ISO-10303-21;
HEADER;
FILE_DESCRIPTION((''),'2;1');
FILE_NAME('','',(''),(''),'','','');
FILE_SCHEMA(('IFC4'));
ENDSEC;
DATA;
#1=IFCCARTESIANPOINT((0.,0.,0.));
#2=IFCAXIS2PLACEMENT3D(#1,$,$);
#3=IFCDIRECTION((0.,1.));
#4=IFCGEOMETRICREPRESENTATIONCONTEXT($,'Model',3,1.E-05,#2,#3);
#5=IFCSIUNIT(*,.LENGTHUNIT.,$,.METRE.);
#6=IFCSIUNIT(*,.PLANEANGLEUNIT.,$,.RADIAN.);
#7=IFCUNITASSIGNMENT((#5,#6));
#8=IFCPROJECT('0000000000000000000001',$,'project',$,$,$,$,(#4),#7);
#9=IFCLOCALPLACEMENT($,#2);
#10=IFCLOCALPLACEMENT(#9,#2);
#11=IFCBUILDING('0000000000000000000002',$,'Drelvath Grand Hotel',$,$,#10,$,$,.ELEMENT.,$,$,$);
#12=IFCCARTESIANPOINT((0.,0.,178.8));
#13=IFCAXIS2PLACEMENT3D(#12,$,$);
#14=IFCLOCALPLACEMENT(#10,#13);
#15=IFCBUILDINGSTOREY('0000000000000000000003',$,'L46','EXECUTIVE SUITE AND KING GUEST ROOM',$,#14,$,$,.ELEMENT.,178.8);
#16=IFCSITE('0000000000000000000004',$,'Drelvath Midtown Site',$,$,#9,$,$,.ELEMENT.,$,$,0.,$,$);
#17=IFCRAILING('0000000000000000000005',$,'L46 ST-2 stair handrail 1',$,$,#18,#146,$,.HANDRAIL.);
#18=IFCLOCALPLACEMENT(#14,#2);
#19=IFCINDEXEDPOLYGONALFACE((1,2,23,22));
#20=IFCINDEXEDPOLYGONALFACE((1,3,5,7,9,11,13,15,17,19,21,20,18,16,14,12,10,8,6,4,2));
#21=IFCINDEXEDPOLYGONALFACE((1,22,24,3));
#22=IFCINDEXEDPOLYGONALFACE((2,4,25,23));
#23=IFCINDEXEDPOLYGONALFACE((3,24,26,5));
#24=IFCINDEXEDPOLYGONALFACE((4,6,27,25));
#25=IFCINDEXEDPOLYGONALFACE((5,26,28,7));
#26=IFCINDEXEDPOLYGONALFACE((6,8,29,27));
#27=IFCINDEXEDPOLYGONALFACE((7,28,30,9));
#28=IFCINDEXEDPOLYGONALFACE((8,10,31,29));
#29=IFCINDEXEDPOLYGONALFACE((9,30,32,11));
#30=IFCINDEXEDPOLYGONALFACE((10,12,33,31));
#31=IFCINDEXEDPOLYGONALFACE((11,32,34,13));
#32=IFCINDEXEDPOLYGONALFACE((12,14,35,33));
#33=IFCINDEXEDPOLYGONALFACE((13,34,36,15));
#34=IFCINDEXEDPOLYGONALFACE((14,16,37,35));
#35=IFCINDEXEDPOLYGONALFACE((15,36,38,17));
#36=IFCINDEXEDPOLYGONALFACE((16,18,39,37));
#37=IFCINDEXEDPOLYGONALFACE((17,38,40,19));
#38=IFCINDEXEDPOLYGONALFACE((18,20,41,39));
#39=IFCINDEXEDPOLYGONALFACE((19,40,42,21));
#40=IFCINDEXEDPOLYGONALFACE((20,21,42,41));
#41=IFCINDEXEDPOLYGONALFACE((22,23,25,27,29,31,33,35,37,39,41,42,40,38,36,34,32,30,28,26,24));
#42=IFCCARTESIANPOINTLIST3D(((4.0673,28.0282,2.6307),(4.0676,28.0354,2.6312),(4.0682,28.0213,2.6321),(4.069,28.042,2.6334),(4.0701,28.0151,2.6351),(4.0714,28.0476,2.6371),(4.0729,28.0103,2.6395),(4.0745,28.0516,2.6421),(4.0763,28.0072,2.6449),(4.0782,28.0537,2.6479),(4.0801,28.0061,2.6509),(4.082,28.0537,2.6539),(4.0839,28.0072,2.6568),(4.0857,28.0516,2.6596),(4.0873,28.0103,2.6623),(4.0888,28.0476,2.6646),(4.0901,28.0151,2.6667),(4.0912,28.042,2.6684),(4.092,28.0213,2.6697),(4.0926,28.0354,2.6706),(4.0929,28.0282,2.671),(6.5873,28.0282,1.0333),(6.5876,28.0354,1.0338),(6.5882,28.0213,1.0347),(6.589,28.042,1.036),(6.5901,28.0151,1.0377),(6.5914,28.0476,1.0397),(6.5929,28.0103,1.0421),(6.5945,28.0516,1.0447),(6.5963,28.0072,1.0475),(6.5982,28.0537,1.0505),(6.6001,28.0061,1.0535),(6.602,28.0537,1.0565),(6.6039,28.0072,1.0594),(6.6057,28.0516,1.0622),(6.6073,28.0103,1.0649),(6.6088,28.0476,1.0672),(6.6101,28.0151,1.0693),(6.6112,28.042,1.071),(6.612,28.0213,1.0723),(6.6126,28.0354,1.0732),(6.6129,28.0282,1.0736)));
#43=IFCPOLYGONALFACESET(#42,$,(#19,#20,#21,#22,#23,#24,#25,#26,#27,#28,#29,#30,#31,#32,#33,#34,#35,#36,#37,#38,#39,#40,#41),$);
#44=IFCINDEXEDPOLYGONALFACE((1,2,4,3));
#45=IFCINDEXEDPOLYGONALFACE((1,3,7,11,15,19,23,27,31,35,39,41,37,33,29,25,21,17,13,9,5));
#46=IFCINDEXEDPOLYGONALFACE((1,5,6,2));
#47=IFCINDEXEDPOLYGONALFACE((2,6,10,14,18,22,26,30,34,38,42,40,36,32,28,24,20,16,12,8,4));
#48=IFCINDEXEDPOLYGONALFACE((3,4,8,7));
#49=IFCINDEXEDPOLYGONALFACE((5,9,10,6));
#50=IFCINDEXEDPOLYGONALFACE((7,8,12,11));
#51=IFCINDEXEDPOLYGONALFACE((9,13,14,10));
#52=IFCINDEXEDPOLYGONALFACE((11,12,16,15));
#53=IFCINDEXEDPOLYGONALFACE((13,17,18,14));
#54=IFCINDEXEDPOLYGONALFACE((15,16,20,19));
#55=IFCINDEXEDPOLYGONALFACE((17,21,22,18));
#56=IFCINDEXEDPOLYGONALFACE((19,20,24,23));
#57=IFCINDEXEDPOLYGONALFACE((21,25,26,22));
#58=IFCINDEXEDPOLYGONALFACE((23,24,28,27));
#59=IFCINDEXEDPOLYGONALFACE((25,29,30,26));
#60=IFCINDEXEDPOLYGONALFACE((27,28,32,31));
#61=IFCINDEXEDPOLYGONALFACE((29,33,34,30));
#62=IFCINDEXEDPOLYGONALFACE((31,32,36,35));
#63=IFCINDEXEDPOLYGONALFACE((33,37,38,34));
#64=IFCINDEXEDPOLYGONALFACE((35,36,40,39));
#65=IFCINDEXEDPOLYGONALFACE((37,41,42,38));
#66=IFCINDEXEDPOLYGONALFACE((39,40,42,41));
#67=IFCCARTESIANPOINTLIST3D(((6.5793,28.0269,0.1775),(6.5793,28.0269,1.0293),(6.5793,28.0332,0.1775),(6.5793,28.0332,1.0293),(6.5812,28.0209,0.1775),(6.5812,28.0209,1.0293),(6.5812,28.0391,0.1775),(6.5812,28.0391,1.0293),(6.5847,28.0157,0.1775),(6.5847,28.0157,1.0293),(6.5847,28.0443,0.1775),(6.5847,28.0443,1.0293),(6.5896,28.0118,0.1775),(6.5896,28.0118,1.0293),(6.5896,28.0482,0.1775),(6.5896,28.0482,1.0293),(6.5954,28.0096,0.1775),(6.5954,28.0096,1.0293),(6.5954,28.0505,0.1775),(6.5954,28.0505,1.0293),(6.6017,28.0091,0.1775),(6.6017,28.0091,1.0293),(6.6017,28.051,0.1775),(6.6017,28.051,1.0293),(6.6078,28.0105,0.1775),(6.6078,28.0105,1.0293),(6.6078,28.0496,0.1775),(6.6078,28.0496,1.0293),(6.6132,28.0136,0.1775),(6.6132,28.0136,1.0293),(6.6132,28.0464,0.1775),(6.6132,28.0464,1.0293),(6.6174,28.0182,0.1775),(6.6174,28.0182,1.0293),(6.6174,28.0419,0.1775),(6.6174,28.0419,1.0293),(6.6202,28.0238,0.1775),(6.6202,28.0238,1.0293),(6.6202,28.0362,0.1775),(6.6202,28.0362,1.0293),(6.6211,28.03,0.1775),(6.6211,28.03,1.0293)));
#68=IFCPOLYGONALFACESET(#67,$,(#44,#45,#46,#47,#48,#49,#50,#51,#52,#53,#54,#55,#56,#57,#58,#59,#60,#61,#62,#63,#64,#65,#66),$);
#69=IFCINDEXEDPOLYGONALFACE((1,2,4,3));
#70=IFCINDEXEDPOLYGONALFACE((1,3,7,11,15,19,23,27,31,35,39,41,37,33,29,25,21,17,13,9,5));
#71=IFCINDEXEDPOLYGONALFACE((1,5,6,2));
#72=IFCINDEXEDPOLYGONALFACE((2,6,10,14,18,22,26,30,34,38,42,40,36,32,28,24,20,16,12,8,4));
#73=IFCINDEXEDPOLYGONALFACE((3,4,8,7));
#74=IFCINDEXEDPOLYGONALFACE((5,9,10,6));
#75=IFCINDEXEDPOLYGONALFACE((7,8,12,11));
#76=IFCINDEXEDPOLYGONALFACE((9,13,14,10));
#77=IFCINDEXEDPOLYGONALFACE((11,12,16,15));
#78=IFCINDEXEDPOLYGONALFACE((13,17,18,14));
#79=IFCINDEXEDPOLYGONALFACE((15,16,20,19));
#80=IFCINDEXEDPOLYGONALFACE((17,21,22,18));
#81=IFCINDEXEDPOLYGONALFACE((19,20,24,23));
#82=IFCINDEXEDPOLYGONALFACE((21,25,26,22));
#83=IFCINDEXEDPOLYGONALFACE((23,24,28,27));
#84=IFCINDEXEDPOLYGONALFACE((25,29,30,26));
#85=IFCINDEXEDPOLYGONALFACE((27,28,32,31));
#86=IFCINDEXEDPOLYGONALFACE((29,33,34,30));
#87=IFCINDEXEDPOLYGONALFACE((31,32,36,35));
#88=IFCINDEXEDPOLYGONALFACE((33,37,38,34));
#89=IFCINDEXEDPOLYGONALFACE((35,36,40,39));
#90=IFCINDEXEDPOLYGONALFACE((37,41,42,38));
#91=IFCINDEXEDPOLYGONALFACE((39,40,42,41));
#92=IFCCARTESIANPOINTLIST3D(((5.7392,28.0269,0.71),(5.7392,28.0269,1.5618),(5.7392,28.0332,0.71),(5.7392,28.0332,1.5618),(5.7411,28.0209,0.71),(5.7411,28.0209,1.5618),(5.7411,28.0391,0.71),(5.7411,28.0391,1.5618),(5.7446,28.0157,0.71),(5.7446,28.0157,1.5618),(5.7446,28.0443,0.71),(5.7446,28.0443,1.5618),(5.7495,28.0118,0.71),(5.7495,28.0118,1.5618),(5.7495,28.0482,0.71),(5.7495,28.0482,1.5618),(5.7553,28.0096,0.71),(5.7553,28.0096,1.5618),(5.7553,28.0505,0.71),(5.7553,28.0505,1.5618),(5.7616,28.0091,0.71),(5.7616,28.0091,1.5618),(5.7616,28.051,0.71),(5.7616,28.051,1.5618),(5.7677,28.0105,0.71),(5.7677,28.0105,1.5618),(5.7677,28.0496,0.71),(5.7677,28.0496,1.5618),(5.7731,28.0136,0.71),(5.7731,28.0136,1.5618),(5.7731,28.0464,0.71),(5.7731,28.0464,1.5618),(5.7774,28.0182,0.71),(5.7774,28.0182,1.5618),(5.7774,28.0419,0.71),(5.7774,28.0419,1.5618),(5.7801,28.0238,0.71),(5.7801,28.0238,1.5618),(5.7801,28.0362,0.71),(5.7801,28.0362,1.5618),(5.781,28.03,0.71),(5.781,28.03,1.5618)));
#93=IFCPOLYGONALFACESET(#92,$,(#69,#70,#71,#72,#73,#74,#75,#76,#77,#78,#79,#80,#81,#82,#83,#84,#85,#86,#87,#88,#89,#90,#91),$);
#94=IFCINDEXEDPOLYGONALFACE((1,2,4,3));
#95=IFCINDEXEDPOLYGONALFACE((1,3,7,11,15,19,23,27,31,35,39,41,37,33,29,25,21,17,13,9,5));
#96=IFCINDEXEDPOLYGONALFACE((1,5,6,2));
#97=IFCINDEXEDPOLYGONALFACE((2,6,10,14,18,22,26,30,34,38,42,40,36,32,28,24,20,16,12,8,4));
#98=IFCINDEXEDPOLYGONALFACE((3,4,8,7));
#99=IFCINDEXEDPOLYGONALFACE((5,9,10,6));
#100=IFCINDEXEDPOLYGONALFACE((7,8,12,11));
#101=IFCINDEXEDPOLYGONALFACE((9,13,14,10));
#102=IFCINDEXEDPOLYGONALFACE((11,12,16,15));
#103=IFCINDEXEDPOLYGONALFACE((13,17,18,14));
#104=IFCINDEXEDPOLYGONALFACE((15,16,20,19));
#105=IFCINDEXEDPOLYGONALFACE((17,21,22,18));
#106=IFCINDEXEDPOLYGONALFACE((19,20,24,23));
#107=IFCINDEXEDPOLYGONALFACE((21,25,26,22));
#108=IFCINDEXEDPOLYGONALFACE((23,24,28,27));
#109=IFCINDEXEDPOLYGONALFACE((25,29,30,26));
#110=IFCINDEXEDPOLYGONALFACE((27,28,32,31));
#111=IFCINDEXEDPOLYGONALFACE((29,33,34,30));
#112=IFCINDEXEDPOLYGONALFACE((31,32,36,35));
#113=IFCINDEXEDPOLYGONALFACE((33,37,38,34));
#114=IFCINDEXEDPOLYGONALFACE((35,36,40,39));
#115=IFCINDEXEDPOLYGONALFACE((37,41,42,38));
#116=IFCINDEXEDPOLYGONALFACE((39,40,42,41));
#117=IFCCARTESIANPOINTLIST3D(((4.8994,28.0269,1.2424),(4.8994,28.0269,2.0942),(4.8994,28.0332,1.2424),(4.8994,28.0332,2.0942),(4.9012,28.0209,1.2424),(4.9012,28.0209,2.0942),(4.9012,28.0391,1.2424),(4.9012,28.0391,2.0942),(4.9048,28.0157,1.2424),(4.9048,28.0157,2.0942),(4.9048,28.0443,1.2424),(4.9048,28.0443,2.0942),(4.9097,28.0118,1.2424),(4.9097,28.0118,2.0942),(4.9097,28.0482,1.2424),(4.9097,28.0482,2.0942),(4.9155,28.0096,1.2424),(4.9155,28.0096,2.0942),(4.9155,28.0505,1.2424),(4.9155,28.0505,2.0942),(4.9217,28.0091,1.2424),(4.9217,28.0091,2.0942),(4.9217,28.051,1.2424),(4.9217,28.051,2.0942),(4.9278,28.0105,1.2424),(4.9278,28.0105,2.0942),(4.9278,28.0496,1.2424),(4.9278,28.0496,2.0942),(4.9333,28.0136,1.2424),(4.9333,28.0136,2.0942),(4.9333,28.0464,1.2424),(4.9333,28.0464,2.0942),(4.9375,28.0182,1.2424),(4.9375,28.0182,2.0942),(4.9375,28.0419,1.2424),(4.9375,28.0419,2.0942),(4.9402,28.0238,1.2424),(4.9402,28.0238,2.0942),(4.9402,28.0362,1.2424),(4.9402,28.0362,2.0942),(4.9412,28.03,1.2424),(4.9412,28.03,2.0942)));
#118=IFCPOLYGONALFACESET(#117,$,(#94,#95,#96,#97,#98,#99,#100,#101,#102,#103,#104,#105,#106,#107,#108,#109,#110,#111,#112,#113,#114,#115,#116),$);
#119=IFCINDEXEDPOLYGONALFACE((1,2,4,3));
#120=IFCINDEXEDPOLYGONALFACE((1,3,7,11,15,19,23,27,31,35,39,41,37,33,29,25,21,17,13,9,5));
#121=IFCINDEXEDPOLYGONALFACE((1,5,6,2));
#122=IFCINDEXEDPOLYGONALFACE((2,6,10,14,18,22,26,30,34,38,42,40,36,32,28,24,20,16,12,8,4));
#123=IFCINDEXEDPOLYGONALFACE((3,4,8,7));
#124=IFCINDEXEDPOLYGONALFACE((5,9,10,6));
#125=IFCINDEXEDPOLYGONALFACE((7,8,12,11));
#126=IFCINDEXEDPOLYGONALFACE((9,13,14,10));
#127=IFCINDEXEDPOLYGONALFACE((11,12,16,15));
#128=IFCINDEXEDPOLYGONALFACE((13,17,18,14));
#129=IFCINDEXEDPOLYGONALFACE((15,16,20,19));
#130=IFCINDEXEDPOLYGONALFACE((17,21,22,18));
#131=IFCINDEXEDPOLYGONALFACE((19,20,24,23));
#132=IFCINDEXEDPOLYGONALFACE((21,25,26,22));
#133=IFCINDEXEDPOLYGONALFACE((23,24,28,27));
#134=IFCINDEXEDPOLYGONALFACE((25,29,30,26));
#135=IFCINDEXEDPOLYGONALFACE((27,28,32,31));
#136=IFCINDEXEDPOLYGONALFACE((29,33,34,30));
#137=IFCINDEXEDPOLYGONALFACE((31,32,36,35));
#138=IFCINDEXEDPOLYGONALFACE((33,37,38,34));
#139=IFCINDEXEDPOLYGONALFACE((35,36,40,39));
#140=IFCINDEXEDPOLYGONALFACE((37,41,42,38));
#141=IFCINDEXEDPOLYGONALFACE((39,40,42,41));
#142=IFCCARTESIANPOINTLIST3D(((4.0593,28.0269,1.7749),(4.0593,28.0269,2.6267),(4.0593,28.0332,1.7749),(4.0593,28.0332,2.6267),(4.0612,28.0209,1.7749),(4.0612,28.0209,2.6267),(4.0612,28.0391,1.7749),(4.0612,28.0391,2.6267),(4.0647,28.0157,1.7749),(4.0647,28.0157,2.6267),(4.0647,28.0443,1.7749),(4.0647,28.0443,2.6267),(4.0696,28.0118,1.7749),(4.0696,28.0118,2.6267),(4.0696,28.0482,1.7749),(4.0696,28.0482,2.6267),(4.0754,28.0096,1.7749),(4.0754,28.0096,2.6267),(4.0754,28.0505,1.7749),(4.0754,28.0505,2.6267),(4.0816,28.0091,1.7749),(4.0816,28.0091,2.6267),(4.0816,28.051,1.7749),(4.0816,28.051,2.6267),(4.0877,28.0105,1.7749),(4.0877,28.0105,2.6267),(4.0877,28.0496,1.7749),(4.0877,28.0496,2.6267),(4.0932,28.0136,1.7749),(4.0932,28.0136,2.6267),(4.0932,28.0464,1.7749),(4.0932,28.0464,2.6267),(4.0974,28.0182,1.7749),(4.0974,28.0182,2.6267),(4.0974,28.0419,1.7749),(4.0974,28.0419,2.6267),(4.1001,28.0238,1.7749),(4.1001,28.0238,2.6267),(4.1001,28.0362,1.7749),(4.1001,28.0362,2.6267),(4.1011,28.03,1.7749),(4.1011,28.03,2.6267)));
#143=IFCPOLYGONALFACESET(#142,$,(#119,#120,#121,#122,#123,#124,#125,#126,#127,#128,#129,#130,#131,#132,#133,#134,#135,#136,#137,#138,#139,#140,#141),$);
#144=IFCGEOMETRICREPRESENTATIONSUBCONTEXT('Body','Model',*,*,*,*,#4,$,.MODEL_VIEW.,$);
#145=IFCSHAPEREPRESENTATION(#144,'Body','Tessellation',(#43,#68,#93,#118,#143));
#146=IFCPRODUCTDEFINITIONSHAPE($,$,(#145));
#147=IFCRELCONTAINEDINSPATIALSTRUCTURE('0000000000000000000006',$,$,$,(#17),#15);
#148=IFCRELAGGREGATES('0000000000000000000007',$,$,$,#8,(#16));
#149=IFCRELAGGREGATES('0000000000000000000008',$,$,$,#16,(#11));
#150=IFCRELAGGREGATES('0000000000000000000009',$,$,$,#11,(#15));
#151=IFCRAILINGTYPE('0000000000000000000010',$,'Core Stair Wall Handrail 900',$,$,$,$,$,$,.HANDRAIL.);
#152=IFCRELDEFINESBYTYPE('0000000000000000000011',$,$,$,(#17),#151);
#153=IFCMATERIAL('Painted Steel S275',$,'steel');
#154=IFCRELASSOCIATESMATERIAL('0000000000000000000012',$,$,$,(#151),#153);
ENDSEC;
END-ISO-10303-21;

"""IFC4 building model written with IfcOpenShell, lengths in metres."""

from ifc_helpers import new_model, si_unit, direction, frame, origin, origin_2d, place, context, subcontext, project, spatial, circle, extrude, material, type_object, element, save


model = new_model("IFC4")

# Units and contexts
model_context = context("Model", 3, precision=1e-05, world=origin(), true_north=direction((0.0, 1.0)))
body_context = subcontext(model_context, "Body", "Model", "MODEL_VIEW")
ifc_project = project(units=[si_unit("LENGTHUNIT", "METRE"), si_unit("PLANEANGLEUNIT", "RADIAN")], contexts=[model_context])

# Site, building, storey
site_placement = place(None, origin())
site = spatial("IfcSite", under=ifc_project, at=site_placement, Name="Drelvath Midtown Site", CompositionType="ELEMENT", RefElevation=0.0)
building_placement = place(site_placement, origin())
building = spatial("IfcBuilding", under=site, at=building_placement, Name="Drelvath Grand Hotel", CompositionType="ELEMENT")
storey_placement = place(building_placement, frame((0.0, 0.0, 178.8)))
storey = spatial("IfcBuildingStorey", under=building, at=storey_placement, Name="L46", Description="EXECUTIVE SUITE AND KING GUEST ROOM", CompositionType="ELEMENT", Elevation=178.8)

# Shared definitions
ifc_material_1 = material(Name="Painted Steel S275", Category="steel")

# Railing
railing_type_1 = type_object("IfcRailingType", Name="Core Stair Wall Handrail 900", PredefinedType="HANDRAIL", material=ifc_material_1)
railing_1_placement = place(storey_placement, frame((6.6001, 28.03, 0.1775)))
element("IfcRailing", 1, at=railing_1_placement, inside=storey, type_object=railing_type_1, Name="L46 ST-2 stair handrail 1", PredefinedType="HANDRAIL", context=body_context, shape_type="SweptSolid", body=[
    extrude(circle(Radius=0.0239, at=origin_2d()), frame((0.0, 0.0, 0.876), z_axis=(-0.844607, 0.0, 0.535387), x_axis=(0.0, -1.0, 0.0)), (0.0, 0.0, 1.0), 2.9836),
    extrude(circle(Radius=0.021, at=origin_2d()), origin(), (0.0, 0.0, 1.0), 0.8518),
    extrude(circle(Radius=0.021, at=origin_2d()), frame((-0.8401, 0.0, 0.5325)), (0.0, 0.0, 1.0), 0.8518),
    extrude(circle(Radius=0.021, at=origin_2d()), frame((-1.6799, 0.0, 1.0649)), (0.0, 0.0, 1.0), 0.8518),
    extrude(circle(Radius=0.021, at=origin_2d()), frame((-2.52, 0.0, 1.5974)), (0.0, 0.0, 1.0), 0.8518),
])

save(model, "model.ifc")
